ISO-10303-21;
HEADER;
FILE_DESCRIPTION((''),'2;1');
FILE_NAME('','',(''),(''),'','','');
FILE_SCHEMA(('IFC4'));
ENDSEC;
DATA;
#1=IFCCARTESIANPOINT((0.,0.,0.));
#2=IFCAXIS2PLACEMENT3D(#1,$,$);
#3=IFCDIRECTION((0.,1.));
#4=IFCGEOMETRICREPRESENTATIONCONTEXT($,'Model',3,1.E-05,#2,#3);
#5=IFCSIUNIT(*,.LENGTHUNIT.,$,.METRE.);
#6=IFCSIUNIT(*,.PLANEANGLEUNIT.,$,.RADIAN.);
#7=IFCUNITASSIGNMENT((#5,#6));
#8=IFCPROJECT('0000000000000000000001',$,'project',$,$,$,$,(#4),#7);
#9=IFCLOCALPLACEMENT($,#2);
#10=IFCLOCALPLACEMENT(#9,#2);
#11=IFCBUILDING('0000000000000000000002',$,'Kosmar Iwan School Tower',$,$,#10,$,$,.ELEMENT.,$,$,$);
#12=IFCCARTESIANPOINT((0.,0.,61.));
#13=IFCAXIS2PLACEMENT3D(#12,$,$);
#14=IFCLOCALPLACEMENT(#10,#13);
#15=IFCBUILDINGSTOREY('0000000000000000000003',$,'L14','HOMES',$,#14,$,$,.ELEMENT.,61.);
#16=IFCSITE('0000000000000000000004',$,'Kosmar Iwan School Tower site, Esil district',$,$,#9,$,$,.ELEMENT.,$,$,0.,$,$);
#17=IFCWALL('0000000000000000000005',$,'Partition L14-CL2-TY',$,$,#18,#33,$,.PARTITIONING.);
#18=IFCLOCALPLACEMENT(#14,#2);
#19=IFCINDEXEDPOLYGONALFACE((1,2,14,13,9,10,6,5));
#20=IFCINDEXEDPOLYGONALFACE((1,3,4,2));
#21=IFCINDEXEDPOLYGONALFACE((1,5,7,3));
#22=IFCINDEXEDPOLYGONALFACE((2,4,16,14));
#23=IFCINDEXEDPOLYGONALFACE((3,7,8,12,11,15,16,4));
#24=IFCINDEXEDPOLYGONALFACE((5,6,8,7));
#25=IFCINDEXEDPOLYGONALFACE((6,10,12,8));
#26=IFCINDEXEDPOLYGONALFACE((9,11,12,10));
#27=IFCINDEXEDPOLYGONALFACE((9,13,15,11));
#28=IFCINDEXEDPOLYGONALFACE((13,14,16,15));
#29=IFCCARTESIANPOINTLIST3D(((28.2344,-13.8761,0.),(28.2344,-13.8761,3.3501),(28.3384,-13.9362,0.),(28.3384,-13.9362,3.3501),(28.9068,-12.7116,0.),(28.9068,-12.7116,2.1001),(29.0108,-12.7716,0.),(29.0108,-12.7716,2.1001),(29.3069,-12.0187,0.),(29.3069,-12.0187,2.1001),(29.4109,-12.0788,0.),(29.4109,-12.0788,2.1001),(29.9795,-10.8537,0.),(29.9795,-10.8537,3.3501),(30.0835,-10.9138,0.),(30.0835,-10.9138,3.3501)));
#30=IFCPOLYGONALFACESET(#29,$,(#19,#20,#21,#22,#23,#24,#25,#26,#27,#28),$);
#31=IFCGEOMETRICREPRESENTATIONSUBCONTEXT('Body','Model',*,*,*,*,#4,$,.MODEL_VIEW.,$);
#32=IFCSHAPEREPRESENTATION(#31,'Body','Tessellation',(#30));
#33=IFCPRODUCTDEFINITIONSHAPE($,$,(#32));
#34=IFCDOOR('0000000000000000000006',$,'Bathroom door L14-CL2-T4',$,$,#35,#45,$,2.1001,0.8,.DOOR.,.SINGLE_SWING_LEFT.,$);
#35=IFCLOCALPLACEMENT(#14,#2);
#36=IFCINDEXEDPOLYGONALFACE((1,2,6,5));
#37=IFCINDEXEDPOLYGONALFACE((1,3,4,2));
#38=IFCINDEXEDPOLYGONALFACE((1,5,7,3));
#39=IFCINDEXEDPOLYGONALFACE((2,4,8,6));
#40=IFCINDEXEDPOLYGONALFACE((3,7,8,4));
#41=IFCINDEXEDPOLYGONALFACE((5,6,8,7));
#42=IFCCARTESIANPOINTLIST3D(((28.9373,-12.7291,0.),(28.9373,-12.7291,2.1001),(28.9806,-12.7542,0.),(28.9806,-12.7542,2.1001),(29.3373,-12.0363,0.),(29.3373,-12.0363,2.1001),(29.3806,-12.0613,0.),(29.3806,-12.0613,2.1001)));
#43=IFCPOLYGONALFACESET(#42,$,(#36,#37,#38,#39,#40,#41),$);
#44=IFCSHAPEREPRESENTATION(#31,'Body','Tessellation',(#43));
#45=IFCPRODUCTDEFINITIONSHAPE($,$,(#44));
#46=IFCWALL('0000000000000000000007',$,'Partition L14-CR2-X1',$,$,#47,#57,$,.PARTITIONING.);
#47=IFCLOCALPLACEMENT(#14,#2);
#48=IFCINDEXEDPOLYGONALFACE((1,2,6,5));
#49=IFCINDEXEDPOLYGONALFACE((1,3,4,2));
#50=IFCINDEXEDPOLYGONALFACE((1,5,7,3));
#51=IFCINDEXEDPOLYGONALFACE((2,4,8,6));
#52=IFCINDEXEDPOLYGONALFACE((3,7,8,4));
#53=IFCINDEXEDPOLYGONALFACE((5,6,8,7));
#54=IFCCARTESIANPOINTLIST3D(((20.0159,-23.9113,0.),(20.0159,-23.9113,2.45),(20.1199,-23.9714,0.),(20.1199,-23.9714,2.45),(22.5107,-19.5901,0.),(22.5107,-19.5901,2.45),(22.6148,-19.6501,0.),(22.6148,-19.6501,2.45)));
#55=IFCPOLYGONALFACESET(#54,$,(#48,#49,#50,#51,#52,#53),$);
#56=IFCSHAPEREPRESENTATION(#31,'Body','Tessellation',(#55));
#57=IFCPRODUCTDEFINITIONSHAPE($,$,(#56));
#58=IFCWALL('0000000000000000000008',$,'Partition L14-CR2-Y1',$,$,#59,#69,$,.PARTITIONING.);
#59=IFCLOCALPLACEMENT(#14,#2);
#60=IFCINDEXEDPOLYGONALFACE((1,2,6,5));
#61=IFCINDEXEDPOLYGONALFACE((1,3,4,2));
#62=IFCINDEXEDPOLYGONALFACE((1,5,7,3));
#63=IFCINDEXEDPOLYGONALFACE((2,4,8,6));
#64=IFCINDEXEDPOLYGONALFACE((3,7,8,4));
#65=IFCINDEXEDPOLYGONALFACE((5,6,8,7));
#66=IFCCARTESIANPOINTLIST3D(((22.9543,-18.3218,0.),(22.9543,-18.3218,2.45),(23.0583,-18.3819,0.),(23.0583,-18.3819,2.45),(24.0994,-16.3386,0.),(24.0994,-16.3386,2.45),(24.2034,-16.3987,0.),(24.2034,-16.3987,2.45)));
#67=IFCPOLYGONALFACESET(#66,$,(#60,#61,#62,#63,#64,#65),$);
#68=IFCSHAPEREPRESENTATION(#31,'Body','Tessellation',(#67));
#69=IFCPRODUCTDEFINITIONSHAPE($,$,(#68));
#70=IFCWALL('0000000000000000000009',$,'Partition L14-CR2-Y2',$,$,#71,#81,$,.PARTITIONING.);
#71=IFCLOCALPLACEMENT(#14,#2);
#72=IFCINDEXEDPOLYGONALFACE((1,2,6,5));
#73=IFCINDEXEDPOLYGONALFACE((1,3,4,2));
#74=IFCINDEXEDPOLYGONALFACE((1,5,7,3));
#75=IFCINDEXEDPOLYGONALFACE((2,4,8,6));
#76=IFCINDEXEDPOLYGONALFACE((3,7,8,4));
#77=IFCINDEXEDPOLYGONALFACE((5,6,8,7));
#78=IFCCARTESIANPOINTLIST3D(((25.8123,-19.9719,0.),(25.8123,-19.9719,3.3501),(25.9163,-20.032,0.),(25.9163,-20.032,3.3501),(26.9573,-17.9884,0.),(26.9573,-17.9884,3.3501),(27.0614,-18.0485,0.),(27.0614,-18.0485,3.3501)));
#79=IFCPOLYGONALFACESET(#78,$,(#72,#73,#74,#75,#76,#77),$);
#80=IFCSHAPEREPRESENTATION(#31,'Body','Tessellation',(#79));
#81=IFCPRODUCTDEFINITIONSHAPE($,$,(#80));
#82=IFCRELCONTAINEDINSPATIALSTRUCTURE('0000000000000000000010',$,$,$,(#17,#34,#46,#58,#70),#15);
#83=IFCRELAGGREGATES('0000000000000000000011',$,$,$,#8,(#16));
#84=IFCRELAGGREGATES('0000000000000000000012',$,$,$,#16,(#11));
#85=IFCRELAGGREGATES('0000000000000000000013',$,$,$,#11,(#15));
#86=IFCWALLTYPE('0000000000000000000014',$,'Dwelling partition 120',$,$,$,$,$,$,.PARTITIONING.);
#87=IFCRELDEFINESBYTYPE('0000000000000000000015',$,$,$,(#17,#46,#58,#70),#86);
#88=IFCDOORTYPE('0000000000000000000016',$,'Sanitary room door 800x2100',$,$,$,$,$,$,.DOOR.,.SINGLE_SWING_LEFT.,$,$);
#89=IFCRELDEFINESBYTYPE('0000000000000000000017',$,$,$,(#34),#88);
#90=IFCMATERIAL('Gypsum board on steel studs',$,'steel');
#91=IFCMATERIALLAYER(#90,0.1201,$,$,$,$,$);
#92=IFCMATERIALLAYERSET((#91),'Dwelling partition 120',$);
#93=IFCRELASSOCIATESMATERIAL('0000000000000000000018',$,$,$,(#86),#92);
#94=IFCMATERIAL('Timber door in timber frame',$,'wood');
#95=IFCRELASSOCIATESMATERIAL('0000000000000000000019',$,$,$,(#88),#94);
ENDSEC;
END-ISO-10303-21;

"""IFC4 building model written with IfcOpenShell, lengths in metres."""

from ifc_helpers import new_model, si_unit, direction, frame, frame_2d, origin, place, context, subcontext, project, spatial, rectangle, extrude, material, layer, layer_set, type_object, element, fill, save


model = new_model("IFC4")

# Units and contexts
model_context = context("Model", 3, precision=1e-05, world=origin(), true_north=direction((0.0, 1.0)))
body_context = subcontext(model_context, "Body", "Model", "MODEL_VIEW")
ifc_project = project(units=[si_unit("LENGTHUNIT", "METRE"), si_unit("PLANEANGLEUNIT", "RADIAN")], contexts=[model_context])

# Site, building, storey
site_placement = place(None, origin())
site = spatial("IfcSite", under=ifc_project, at=site_placement, Name="Kosmar Iwan School Tower site, Esil district", CompositionType="ELEMENT", RefElevation=0.0)
building_placement = place(site_placement, origin())
building = spatial("IfcBuilding", under=site, at=building_placement, Name="Kosmar Iwan School Tower", CompositionType="ELEMENT")
storey_placement = place(building_placement, frame((0.0, 0.0, 61.0)))
storey = spatial("IfcBuildingStorey", under=building, at=storey_placement, Name="L14", Description="HOMES", CompositionType="ELEMENT", Elevation=61.0)

# Wall, opening, door
ifc_material_1 = material(Name="Gypsum board on steel studs", Category="steel")
ifc_layer_1 = layer(ifc_material_1, 0.1201)
ifc_layer_set_1 = layer_set([ifc_layer_1], Name="Dwelling partition 120")
wall_type_1 = type_object("IfcWallType", Name="Dwelling partition 120", PredefinedType="PARTITIONING", material=ifc_layer_set_1)
wall_1_placement = place(storey_placement, frame((28.2864, -13.9062, 0.0), z_axis=(0.0, 0.0, 1.0), x_axis=(0.500021, 0.866013, 0.0)))
wall_1 = element("IfcWall", 1, at=wall_1_placement, inside=storey, type_object=wall_type_1, Name="Partition L14-CL2-TY", PredefinedType="PARTITIONING", context=body_context, shape_type="SweptSolid", body=[
    extrude(rectangle(XDim=3.49, YDim=0.1201, at=frame_2d((1.7451, 0.0))), origin(), (0.0, 0.0, 1.0), 3.3501),
])
opening_1_placement = place(wall_1_placement, frame((1.345, 0.0, 0.0)))
opening_1 = element("IfcOpeningElement", 2, at=opening_1_placement, cuts=wall_1, PredefinedType="OPENING", context=body_context, shape_type="SweptSolid", body=[
    extrude(rectangle(XDim=0.8, YDim=2.1001, at=frame_2d((0.3999, 1.05))), frame((0.0, 0.072, 0.0), z_axis=(0.0, -1.0, 0.0), x_axis=(1.0, 0.0, 0.0)), (0.0, 0.0, 1.0), 0.144),
])
ifc_material_2 = material(Name="Timber door in timber frame", Category="wood")
door_type_1 = type_object("IfcDoorType", Name="Sanitary room door 800x2100", OperationType="SINGLE_SWING_LEFT", PredefinedType="DOOR", material=ifc_material_2)
door_1_placement = place(opening_1_placement, origin())
door_1 = element("IfcDoor", 3, at=door_1_placement, inside=storey, type_object=door_type_1, Name="Bathroom door L14-CL2-T4", OperationType="SINGLE_SWING_LEFT", OverallHeight=2.1001, OverallWidth=0.8, PredefinedType="DOOR", context=body_context, shape_type="SweptSolid", body=[
    extrude(rectangle(XDim=0.8, YDim=2.1001, at=frame_2d((0.3999, 1.05))), frame((0.0, 0.0249, 0.0), z_axis=(0.0, -1.0, 0.0), x_axis=(1.0, 0.0, 0.0)), (0.0, 0.0, 1.0), 0.05),
])
fill(opening_1, door_1)

# Walls
wall_2_placement = place(storey_placement, frame((22.5627, -19.6201, 0.0), z_axis=(0.0, 0.0, 1.0), x_axis=(-0.499996, -0.866028, 0.0)))
element("IfcWall", 4, at=wall_2_placement, inside=storey, type_object=wall_type_1, Name="Partition L14-CR2-X1", PredefinedType="PARTITIONING", context=body_context, shape_type="SweptSolid", body=[
    extrude(rectangle(XDim=4.9897, YDim=0.1201, at=frame_2d((2.4949, 0.0))), origin(), (0.0, 0.0, 1.0), 2.45),
])
wall_3_placement = place(storey_placement, frame((24.1514, -16.3687, 0.0), z_axis=(0.0, 0.0, 1.0), x_axis=(-0.500015, -0.866017, 0.0)))
element("IfcWall", 5, at=wall_3_placement, inside=storey, type_object=wall_type_1, Name="Partition L14-CR2-Y1", PredefinedType="PARTITIONING", context=body_context, shape_type="SweptSolid", body=[
    extrude(rectangle(XDim=2.29, YDim=0.1201, at=frame_2d((1.145, 0.0))), origin(), (0.0, 0.0, 1.0), 2.45),
])
wall_4_placement = place(storey_placement, frame((27.0093, -18.0186, 0.0), z_axis=(0.0, 0.0, 1.0), x_axis=(-0.499969, -0.866044, 0.0)))
element("IfcWall", 6, at=wall_4_placement, inside=storey, type_object=wall_type_1, Name="Partition L14-CR2-Y2", PredefinedType="PARTITIONING", context=body_context, shape_type="SweptSolid", body=[
    extrude(rectangle(XDim=2.2903, YDim=0.1201, at=frame_2d((1.145, 0.0))), origin(), (0.0, 0.0, 1.0), 3.3501),
])

save(model, "model.ifc")
